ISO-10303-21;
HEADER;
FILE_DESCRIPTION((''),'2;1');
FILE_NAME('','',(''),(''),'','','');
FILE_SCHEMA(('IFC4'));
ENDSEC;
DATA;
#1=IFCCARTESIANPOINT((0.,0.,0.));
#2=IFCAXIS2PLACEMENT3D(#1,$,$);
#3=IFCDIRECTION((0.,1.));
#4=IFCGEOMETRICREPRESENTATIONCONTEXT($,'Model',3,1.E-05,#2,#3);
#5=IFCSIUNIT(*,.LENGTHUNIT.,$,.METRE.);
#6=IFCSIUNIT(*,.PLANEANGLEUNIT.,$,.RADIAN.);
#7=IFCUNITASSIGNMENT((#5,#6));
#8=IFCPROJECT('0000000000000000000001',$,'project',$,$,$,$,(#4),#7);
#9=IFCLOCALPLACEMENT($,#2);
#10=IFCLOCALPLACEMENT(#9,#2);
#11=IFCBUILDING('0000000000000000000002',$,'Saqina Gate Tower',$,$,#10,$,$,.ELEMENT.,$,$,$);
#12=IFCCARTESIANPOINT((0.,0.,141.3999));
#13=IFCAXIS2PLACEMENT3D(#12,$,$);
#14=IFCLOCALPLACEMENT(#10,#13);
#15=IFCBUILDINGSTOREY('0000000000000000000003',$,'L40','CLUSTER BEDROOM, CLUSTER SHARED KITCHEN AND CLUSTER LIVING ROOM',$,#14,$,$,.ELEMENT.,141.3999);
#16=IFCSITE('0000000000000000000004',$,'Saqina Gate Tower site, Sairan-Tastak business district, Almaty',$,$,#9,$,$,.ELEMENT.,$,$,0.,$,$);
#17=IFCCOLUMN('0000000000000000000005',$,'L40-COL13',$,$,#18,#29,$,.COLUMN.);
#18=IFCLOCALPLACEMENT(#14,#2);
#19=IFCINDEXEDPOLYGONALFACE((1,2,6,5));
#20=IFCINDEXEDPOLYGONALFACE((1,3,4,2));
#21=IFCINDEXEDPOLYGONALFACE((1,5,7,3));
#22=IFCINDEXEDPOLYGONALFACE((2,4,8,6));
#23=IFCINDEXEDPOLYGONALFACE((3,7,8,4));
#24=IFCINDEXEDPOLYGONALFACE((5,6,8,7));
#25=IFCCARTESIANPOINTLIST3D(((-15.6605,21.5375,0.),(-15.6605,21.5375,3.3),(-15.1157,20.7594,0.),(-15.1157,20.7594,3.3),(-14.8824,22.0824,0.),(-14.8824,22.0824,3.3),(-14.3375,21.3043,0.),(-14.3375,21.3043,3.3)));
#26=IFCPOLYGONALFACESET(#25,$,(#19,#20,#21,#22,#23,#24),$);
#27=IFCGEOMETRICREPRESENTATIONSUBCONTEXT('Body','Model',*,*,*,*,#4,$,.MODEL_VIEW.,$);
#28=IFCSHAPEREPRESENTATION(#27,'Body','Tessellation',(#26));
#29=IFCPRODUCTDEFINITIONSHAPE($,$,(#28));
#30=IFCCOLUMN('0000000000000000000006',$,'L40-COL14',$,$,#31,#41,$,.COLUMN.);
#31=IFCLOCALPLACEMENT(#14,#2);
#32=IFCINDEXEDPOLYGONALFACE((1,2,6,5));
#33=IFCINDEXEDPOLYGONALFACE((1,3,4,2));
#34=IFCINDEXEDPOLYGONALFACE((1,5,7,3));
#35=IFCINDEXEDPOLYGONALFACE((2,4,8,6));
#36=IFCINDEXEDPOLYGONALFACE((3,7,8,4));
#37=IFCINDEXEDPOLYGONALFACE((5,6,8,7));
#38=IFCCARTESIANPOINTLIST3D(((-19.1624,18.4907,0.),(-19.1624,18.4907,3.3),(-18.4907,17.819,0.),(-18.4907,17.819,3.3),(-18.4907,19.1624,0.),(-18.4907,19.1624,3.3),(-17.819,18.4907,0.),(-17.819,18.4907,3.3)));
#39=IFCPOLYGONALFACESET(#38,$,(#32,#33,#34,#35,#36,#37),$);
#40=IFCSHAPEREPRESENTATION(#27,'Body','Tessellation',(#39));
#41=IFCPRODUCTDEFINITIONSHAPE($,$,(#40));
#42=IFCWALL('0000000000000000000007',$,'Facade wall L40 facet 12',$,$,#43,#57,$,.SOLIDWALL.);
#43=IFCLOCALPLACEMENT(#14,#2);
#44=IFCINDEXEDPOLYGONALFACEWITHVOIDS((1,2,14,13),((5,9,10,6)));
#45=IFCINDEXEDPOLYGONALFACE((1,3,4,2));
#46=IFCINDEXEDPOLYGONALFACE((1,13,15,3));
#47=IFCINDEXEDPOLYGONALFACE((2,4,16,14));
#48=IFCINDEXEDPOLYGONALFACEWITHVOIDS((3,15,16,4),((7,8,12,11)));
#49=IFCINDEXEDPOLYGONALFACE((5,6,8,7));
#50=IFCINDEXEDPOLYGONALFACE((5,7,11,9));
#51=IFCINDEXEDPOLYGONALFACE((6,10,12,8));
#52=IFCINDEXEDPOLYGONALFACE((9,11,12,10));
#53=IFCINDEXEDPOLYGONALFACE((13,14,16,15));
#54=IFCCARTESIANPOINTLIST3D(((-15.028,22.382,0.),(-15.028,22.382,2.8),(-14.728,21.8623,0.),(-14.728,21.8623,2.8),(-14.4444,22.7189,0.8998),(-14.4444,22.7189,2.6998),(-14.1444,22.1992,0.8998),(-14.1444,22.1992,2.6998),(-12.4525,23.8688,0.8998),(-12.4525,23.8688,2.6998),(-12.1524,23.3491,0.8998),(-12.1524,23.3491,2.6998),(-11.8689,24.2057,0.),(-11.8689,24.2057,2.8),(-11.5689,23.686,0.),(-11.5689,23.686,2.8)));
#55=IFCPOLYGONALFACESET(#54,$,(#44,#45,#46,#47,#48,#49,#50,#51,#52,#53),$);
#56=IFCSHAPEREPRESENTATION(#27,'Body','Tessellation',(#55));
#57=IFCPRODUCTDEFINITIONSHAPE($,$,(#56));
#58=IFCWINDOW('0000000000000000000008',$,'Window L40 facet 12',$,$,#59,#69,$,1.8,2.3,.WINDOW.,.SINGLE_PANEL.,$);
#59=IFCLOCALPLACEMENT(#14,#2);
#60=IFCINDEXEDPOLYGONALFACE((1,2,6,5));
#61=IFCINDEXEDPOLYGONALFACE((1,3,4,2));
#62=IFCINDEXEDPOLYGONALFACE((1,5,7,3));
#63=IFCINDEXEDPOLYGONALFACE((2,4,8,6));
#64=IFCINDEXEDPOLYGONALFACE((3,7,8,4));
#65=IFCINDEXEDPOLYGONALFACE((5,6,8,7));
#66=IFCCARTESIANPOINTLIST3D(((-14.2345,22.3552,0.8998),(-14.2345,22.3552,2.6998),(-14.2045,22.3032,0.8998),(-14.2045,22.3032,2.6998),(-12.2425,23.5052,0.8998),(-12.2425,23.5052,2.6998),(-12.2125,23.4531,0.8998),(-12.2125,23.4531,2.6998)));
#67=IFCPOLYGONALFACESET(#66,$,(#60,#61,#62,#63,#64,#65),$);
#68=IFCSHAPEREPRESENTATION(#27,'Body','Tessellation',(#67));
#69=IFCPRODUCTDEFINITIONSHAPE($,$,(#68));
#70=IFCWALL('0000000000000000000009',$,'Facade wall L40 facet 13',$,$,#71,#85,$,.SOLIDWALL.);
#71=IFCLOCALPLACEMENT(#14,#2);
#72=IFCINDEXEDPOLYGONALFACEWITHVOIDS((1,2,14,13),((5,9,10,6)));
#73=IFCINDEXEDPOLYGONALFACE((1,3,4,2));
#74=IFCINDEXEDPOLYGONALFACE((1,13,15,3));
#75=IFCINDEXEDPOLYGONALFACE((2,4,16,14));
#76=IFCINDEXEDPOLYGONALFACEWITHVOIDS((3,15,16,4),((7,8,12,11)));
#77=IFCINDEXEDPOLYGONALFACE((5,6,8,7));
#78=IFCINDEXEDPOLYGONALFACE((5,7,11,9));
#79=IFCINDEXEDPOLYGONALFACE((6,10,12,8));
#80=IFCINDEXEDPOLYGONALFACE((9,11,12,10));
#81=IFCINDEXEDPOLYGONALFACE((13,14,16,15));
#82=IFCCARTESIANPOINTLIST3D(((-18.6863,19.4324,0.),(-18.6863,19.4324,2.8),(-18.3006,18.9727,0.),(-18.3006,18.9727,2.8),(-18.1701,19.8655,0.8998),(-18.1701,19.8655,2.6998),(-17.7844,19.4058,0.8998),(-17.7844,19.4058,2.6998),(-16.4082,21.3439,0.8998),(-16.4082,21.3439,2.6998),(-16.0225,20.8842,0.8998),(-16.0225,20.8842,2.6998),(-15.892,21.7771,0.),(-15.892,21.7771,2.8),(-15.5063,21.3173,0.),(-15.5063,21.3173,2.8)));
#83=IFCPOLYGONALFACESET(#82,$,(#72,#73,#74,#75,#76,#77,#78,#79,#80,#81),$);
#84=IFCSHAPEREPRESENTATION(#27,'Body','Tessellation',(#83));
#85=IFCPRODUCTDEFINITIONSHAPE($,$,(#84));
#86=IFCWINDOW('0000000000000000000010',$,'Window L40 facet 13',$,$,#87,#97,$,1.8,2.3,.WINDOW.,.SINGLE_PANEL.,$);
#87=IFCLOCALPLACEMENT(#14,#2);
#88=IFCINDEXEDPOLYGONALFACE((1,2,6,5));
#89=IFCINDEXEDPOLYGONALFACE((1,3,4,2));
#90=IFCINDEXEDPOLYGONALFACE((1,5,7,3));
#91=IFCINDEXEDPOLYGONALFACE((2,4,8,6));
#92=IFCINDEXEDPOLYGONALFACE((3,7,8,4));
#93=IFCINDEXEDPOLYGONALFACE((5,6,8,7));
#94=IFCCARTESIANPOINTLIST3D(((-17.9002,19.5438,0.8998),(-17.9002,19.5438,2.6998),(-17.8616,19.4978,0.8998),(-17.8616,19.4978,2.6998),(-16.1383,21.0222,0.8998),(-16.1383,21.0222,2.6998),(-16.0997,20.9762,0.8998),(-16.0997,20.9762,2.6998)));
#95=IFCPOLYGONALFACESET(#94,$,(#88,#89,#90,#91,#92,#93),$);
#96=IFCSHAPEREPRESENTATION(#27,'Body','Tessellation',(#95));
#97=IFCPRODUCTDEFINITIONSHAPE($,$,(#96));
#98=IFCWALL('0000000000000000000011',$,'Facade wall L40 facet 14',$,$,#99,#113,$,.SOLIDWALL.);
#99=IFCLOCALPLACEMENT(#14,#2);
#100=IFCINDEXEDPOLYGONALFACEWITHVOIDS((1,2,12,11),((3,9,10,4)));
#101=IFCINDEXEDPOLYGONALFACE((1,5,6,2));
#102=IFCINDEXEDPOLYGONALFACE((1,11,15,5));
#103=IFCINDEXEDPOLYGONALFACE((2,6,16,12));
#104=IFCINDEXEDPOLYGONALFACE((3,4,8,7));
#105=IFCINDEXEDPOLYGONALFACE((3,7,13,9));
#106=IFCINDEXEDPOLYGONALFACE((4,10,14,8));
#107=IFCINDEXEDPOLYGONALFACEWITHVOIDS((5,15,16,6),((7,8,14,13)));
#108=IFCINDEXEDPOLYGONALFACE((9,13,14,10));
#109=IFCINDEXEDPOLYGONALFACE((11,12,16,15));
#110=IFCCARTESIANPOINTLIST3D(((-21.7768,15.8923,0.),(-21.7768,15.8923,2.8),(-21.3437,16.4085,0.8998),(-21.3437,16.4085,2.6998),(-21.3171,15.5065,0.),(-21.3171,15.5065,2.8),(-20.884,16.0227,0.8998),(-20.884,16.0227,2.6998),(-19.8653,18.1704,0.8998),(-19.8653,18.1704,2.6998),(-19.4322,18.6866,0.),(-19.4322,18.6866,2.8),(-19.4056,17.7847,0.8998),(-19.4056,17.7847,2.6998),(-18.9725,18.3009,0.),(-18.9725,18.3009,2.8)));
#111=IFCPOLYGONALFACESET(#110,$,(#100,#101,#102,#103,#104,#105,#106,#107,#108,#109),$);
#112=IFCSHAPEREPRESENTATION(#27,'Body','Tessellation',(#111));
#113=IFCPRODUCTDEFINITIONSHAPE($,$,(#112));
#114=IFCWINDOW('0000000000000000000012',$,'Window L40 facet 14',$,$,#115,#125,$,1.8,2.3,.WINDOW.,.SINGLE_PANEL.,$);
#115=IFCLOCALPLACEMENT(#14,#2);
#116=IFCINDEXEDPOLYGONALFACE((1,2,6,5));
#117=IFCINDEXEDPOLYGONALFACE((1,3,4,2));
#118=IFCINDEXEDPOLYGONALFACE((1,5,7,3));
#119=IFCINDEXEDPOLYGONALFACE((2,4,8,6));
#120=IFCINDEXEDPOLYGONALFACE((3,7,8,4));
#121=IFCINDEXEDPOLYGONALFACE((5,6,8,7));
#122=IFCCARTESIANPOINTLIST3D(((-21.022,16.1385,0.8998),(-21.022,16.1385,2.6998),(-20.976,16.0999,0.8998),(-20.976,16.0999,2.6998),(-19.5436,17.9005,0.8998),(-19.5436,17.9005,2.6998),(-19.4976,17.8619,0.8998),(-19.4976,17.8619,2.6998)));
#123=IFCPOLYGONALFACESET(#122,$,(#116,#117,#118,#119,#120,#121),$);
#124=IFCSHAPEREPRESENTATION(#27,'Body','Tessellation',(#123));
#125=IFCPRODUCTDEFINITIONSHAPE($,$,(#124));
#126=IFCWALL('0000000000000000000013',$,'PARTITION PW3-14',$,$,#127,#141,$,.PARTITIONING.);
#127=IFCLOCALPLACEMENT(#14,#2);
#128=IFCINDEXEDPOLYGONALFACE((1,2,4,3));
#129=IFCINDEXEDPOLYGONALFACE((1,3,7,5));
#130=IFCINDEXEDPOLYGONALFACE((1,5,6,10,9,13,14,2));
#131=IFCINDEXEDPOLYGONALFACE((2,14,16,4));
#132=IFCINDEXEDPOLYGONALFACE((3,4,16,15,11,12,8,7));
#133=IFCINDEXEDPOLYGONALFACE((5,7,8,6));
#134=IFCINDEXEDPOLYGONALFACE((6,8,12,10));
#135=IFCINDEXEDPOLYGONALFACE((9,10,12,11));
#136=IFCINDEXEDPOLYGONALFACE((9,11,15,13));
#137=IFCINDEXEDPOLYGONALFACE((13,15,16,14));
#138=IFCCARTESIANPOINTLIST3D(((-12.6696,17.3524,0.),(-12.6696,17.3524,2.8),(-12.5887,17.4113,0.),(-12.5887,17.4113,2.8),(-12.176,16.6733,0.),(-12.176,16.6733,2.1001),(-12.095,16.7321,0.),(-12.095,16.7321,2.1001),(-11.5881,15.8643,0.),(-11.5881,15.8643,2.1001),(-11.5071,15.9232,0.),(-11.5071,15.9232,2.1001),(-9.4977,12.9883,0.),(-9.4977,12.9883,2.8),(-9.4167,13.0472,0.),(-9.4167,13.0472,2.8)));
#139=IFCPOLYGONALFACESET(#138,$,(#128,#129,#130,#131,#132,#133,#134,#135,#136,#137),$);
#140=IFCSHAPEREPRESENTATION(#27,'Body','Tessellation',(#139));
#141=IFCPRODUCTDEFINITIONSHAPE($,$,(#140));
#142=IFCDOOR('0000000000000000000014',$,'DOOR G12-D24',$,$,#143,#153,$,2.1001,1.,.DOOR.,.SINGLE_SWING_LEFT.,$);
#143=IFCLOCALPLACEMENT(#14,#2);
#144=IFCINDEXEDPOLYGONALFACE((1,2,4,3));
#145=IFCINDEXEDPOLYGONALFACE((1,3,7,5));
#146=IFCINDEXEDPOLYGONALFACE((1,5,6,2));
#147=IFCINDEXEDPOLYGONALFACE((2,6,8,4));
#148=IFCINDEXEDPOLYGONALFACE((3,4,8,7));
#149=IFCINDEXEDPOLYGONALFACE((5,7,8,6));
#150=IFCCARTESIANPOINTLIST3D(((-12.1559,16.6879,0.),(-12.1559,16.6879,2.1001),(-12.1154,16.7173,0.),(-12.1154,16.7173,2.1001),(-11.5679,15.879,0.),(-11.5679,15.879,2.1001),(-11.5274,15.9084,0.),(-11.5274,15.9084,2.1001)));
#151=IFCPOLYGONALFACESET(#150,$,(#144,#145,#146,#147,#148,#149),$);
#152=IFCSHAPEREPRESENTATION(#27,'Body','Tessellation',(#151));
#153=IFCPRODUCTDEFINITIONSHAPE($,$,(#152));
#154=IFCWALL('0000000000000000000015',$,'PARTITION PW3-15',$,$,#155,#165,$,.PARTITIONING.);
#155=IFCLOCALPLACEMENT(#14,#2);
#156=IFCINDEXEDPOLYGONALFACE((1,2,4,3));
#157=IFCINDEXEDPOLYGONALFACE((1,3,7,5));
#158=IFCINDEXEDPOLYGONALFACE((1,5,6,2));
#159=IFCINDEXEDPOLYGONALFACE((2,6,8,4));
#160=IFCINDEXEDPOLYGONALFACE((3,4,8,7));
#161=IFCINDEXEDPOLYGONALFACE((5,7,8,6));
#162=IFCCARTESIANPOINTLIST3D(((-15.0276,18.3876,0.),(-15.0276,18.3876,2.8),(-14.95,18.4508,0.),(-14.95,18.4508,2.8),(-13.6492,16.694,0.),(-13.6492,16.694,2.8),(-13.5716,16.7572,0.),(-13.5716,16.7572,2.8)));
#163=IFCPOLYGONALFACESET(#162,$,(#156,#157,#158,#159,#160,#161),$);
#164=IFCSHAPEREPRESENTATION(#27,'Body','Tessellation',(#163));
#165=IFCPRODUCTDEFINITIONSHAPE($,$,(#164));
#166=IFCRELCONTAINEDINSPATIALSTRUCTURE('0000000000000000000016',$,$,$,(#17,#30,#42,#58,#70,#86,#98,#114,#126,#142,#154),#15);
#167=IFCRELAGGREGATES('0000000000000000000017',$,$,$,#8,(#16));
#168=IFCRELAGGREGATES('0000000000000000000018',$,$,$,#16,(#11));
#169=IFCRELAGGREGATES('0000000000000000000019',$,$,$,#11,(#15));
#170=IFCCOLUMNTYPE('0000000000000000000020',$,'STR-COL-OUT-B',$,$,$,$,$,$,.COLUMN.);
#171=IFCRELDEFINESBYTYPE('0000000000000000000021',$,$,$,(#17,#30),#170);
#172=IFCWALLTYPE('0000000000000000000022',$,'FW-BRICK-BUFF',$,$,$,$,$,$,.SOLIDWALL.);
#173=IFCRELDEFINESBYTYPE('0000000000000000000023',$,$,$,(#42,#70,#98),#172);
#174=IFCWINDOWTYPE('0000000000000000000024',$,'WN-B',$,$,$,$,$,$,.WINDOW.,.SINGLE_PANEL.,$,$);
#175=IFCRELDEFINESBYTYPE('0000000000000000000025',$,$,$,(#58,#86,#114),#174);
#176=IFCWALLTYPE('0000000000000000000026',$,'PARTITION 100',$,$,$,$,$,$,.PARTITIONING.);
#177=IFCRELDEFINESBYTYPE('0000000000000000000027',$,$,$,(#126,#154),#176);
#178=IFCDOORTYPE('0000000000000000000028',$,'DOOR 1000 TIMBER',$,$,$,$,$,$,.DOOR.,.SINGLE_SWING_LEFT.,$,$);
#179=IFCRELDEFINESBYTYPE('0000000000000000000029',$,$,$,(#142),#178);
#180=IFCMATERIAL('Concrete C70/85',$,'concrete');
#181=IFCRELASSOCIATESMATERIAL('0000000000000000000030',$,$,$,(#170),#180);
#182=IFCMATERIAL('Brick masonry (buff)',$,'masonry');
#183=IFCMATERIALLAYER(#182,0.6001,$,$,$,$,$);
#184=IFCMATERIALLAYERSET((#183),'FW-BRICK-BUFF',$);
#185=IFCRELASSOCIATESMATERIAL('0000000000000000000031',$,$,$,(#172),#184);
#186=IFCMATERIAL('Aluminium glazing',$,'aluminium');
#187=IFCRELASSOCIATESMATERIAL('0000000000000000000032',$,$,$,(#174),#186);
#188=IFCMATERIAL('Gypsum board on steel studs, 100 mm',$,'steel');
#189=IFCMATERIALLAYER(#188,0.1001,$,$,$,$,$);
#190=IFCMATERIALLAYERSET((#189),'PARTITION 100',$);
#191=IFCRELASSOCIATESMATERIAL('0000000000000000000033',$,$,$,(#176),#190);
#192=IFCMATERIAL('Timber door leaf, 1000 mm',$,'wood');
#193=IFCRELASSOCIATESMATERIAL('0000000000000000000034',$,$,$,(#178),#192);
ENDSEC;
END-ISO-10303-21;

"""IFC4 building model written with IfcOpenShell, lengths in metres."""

from ifc_helpers import new_model, si_unit, direction, frame, frame_2d, origin, origin_2d, place, context, subcontext, project, spatial, rectangle, extrude, material, layer, layer_set, material_profile, profile_set, type_object, element, fill, save


model = new_model("IFC4")

# Units and contexts
model_context = context("Model", 3, precision=1e-05, world=origin(), true_north=direction((0.0, 1.0)))
body_context = subcontext(model_context, "Body", "Model", "MODEL_VIEW")
ifc_project = project(units=[si_unit("LENGTHUNIT", "METRE"), si_unit("PLANEANGLEUNIT", "RADIAN")], contexts=[model_context])

# Site, building, storey
site_placement = place(None, origin())
site = spatial("IfcSite", under=ifc_project, at=site_placement, Name="Saqina Gate Tower site, Sairan-Tastak business district, Almaty", CompositionType="ELEMENT", RefElevation=0.0)
building_placement = place(site_placement, origin())
building = spatial("IfcBuilding", under=site, at=building_placement, Name="Saqina Gate Tower", CompositionType="ELEMENT")
storey_placement = place(building_placement, frame((0.0, 0.0, 141.3999)))
storey = spatial("IfcBuildingStorey", under=building, at=storey_placement, Name="L40", Description="CLUSTER BEDROOM, CLUSTER SHARED KITCHEN AND CLUSTER LIVING ROOM", CompositionType="ELEMENT", Elevation=141.3999)

# Columns
ifc_material_1 = material(Name="Concrete C70/85", Category="concrete")
ifc_material_profile = material_profile(ifc_material_1, rectangle(XDim=0.95, YDim=0.95, at=origin_2d()), Name="RC 950x950")
ifc_profile_set = profile_set([ifc_material_profile], Name="Concrete C70/85")
column_type = type_object("IfcColumnType", Name="STR-COL-OUT-B", PredefinedType="COLUMN", material=ifc_profile_set)
for number, where, z_axis, x_axis, name in (
    (1, (-14.999, 21.4209, 0.0), (0.0, 0.0, 1.0), (-0.573576, 0.819152, 0.0), "L40-COL13"),
    (2, (-18.4907, 18.4907, 0.0), (0.0, 0.0, 1.0), (-0.707107, 0.707107, 0.0), "L40-COL14"),
):
    element("IfcColumn", number, at=place(storey_placement, frame(where, z_axis=z_axis, x_axis=x_axis)), inside=storey, type_object=column_type, Name=name, PredefinedType="COLUMN", context=body_context, shape_type="SweptSolid", body=[
        extrude(rectangle(XDim=0.95, YDim=0.95, at=origin_2d()), origin(), (0.0, 0.0, 1.0), 3.3),
    ])

# Walls, openings, windows
ifc_material_2 = material(Name="Brick masonry (buff)", Category="masonry")
ifc_layer_1 = layer(ifc_material_2, 0.6001)
ifc_layer_set_1 = layer_set([ifc_layer_1], Name="FW-BRICK-BUFF")
wall_type_1 = type_object("IfcWallType", Name="FW-BRICK-BUFF", PredefinedType="SOLIDWALL", material=ifc_layer_set_1)
wall_1_placement = place(storey_placement, frame((-11.719, 23.9458, 0.0), z_axis=(0.0, 0.0, 1.0), x_axis=(-0.866052, -0.499954, 0.0)))
wall_1 = element("IfcWall", 3, at=wall_1_placement, inside=storey, type_object=wall_type_1, Name="Facade wall L40 facet 12", PredefinedType="SOLIDWALL", context=body_context, shape_type="SweptSolid", body=[
    extrude(rectangle(XDim=3.6477, YDim=0.6001, at=frame_2d((1.8237, 0.0))), origin(), (0.0, 0.0, 1.0), 2.8),
])
opening_1_placement = place(wall_1_placement, frame((0.6738, 0.0, 0.8999)))
opening_1 = element("IfcOpeningElement", 4, at=opening_1_placement, cuts=wall_1, PredefinedType="OPENING", context=body_context, shape_type="SweptSolid", body=[
    extrude(rectangle(XDim=2.3, YDim=1.8, at=frame_2d((1.1499, 0.8999))), frame((0.0, 0.312, 0.0), z_axis=(0.0, -1.0, 0.0), x_axis=(1.0, 0.0, 0.0)), (0.0, 0.0, 1.0), 0.624),
])
ifc_material_3 = material(Name="Aluminium glazing", Category="aluminium")
window_type = type_object("IfcWindowType", Name="WN-B", PartitioningType="SINGLE_PANEL", PredefinedType="WINDOW", material=ifc_material_3)
window_1_placement = place(opening_1_placement, origin())
window_1 = element("IfcWindow", 5, at=window_1_placement, inside=storey, type_object=window_type, Name="Window L40 facet 12", OverallHeight=1.8, OverallWidth=2.3, PartitioningType="SINGLE_PANEL", PredefinedType="WINDOW", context=body_context, shape_type="SweptSolid", body=[
    extrude(rectangle(XDim=2.3, YDim=1.8, at=frame_2d((1.1499, 0.8999))), frame((0.0, 0.1799, 0.0), z_axis=(0.0, -1.0, 0.0), x_axis=(1.0, 0.0, 0.0)), (0.0, 0.0, 1.0), 0.0601),
])
fill(opening_1, window_1)
wall_2_placement = place(storey_placement, frame((-15.6992, 21.5471, 0.0), z_axis=(0.0, 0.0, 1.0), x_axis=(-0.766055, -0.642774, 0.0)))
wall_2 = element("IfcWall", 6, at=wall_2_placement, inside=storey, type_object=wall_type_1, Name="Facade wall L40 facet 13", PredefinedType="SOLIDWALL", context=body_context, shape_type="SweptSolid", body=[
    extrude(rectangle(XDim=3.6477, YDim=0.6001, at=frame_2d((1.8237, 0.0))), origin(), (0.0, 0.0, 1.0), 2.8),
])
opening_2_placement = place(wall_2_placement, frame((0.6738, 0.0, 0.8999)))
opening_2 = element("IfcOpeningElement", 7, at=opening_2_placement, cuts=wall_2, PredefinedType="OPENING", context=body_context, shape_type="SweptSolid", body=[
    extrude(rectangle(XDim=2.3, YDim=1.8, at=frame_2d((1.1499, 0.8999))), frame((0.0, 0.312, 0.0), z_axis=(0.0, -1.0, 0.0), x_axis=(1.0, 0.0, 0.0)), (0.0, 0.0, 1.0), 0.624),
])
window_2_placement = place(opening_2_placement, origin())
window_2 = element("IfcWindow", 8, at=window_2_placement, inside=storey, type_object=window_type, Name="Window L40 facet 13", OverallHeight=1.8, OverallWidth=2.3, PartitioningType="SINGLE_PANEL", PredefinedType="WINDOW", context=body_context, shape_type="SweptSolid", body=[
    extrude(rectangle(XDim=2.3, YDim=1.8, at=frame_2d((1.1499, 0.8999))), frame((0.0, 0.1799, 0.0), z_axis=(0.0, -1.0, 0.0), x_axis=(1.0, 0.0, 0.0)), (0.0, 0.0, 1.0), 0.0601),
])
fill(opening_2, window_2)
wall_3_placement = place(storey_placement, frame((-19.2024, 18.4937, 0.0), z_axis=(0.0, 0.0, 1.0), x_axis=(-0.642774, -0.766055, 0.0)))
wall_3 = element("IfcWall", 9, at=wall_3_placement, inside=storey, type_object=wall_type_1, Name="Facade wall L40 facet 14", PredefinedType="SOLIDWALL", context=body_context, shape_type="SweptSolid", body=[
    extrude(rectangle(XDim=3.6477, YDim=0.6001, at=frame_2d((1.8237, 0.0))), origin(), (0.0, 0.0, 1.0), 2.8),
])
opening_3_placement = place(wall_3_placement, frame((0.6738, 0.0, 0.8999)))
opening_3 = element("IfcOpeningElement", 10, at=opening_3_placement, cuts=wall_3, PredefinedType="OPENING", context=body_context, shape_type="SweptSolid", body=[
    extrude(rectangle(XDim=2.3, YDim=1.8, at=frame_2d((1.1499, 0.8999))), frame((0.0, 0.312, 0.0), z_axis=(0.0, -1.0, 0.0), x_axis=(1.0, 0.0, 0.0)), (0.0, 0.0, 1.0), 0.624),
])
window_3_placement = place(opening_3_placement, origin())
window_3 = element("IfcWindow", 11, at=window_3_placement, inside=storey, type_object=window_type, Name="Window L40 facet 14", OverallHeight=1.8, OverallWidth=2.3, PartitioningType="SINGLE_PANEL", PredefinedType="WINDOW", context=body_context, shape_type="SweptSolid", body=[
    extrude(rectangle(XDim=2.3, YDim=1.8, at=frame_2d((1.1499, 0.8999))), frame((0.0, 0.1799, 0.0), z_axis=(0.0, -1.0, 0.0), x_axis=(1.0, 0.0, 0.0)), (0.0, 0.0, 1.0), 0.0601),
])
fill(opening_3, window_3)

# Wall, opening, door
ifc_material_4 = material(Name="Gypsum board on steel studs, 100 mm", Category="steel")
ifc_layer_2 = layer(ifc_material_4, 0.1001)
ifc_layer_set_2 = layer_set([ifc_layer_2], Name="PARTITION 100")
wall_type_2 = type_object("IfcWallType", Name="PARTITION 100", PredefinedType="PARTITIONING", material=ifc_layer_set_2)
wall_4_placement = place(storey_placement, frame((-12.6292, 17.3818, 0.0), z_axis=(0.0, 0.0, 1.0), x_axis=(0.587935, -0.808908, 0.0)))
wall_4 = element("IfcWall", 12, at=wall_4_placement, inside=storey, type_object=wall_type_2, Name="PARTITION PW3-14", PredefinedType="PARTITIONING", context=body_context, shape_type="SweptSolid", body=[
    extrude(rectangle(XDim=5.395, YDim=0.1001, at=frame_2d((2.6975, 0.0))), origin(), (0.0, 0.0, 1.0), 2.8),
])
opening_4_placement = place(wall_4_placement, frame((0.8396, 0.0, 0.0)))
opening_4 = element("IfcOpeningElement", 13, at=opening_4_placement, cuts=wall_4, PredefinedType="OPENING", context=body_context, shape_type="SweptSolid", body=[
    extrude(rectangle(XDim=1.0, YDim=2.1001, at=frame_2d((0.5, 1.05))), frame((0.0, 0.062, 0.0), z_axis=(0.0, -1.0, 0.0), x_axis=(1.0, 0.0, 0.0)), (0.0, 0.0, 1.0), 0.124),
])
ifc_material_5 = material(Name="Timber door leaf, 1000 mm", Category="wood")
door_type_1 = type_object("IfcDoorType", Name="DOOR 1000 TIMBER", OperationType="SINGLE_SWING_LEFT", PredefinedType="DOOR", material=ifc_material_5)
door_1_placement = place(opening_4_placement, origin())
door_1 = element("IfcDoor", 14, at=door_1_placement, inside=storey, type_object=door_type_1, Name="DOOR G12-D24", OperationType="SINGLE_SWING_LEFT", OverallHeight=2.1001, OverallWidth=1.0, PredefinedType="DOOR", context=body_context, shape_type="SweptSolid", body=[
    extrude(rectangle(XDim=1.0, YDim=2.1001, at=frame_2d((0.5, 1.05))), frame((0.0, 0.0249, 0.0), z_axis=(0.0, -1.0, 0.0), x_axis=(1.0, 0.0, 0.0)), (0.0, 0.0, 1.0), 0.05),
])
fill(opening_4, door_1)

# Wall
wall_5_placement = place(storey_placement, frame((-14.9888, 18.4192, 0.0), z_axis=(0.0, 0.0, 1.0), x_axis=(0.631245, -0.775584, 0.0)))
element("IfcWall", 15, at=wall_5_placement, inside=storey, type_object=wall_type_2, Name="PARTITION PW3-15", PredefinedType="PARTITIONING", context=body_context, shape_type="SweptSolid", body=[
    extrude(rectangle(XDim=2.1836, YDim=0.1001, at=frame_2d((1.0918, 0.0))), origin(), (0.0, 0.0, 1.0), 2.8),
])

save(model, "model.ifc")
